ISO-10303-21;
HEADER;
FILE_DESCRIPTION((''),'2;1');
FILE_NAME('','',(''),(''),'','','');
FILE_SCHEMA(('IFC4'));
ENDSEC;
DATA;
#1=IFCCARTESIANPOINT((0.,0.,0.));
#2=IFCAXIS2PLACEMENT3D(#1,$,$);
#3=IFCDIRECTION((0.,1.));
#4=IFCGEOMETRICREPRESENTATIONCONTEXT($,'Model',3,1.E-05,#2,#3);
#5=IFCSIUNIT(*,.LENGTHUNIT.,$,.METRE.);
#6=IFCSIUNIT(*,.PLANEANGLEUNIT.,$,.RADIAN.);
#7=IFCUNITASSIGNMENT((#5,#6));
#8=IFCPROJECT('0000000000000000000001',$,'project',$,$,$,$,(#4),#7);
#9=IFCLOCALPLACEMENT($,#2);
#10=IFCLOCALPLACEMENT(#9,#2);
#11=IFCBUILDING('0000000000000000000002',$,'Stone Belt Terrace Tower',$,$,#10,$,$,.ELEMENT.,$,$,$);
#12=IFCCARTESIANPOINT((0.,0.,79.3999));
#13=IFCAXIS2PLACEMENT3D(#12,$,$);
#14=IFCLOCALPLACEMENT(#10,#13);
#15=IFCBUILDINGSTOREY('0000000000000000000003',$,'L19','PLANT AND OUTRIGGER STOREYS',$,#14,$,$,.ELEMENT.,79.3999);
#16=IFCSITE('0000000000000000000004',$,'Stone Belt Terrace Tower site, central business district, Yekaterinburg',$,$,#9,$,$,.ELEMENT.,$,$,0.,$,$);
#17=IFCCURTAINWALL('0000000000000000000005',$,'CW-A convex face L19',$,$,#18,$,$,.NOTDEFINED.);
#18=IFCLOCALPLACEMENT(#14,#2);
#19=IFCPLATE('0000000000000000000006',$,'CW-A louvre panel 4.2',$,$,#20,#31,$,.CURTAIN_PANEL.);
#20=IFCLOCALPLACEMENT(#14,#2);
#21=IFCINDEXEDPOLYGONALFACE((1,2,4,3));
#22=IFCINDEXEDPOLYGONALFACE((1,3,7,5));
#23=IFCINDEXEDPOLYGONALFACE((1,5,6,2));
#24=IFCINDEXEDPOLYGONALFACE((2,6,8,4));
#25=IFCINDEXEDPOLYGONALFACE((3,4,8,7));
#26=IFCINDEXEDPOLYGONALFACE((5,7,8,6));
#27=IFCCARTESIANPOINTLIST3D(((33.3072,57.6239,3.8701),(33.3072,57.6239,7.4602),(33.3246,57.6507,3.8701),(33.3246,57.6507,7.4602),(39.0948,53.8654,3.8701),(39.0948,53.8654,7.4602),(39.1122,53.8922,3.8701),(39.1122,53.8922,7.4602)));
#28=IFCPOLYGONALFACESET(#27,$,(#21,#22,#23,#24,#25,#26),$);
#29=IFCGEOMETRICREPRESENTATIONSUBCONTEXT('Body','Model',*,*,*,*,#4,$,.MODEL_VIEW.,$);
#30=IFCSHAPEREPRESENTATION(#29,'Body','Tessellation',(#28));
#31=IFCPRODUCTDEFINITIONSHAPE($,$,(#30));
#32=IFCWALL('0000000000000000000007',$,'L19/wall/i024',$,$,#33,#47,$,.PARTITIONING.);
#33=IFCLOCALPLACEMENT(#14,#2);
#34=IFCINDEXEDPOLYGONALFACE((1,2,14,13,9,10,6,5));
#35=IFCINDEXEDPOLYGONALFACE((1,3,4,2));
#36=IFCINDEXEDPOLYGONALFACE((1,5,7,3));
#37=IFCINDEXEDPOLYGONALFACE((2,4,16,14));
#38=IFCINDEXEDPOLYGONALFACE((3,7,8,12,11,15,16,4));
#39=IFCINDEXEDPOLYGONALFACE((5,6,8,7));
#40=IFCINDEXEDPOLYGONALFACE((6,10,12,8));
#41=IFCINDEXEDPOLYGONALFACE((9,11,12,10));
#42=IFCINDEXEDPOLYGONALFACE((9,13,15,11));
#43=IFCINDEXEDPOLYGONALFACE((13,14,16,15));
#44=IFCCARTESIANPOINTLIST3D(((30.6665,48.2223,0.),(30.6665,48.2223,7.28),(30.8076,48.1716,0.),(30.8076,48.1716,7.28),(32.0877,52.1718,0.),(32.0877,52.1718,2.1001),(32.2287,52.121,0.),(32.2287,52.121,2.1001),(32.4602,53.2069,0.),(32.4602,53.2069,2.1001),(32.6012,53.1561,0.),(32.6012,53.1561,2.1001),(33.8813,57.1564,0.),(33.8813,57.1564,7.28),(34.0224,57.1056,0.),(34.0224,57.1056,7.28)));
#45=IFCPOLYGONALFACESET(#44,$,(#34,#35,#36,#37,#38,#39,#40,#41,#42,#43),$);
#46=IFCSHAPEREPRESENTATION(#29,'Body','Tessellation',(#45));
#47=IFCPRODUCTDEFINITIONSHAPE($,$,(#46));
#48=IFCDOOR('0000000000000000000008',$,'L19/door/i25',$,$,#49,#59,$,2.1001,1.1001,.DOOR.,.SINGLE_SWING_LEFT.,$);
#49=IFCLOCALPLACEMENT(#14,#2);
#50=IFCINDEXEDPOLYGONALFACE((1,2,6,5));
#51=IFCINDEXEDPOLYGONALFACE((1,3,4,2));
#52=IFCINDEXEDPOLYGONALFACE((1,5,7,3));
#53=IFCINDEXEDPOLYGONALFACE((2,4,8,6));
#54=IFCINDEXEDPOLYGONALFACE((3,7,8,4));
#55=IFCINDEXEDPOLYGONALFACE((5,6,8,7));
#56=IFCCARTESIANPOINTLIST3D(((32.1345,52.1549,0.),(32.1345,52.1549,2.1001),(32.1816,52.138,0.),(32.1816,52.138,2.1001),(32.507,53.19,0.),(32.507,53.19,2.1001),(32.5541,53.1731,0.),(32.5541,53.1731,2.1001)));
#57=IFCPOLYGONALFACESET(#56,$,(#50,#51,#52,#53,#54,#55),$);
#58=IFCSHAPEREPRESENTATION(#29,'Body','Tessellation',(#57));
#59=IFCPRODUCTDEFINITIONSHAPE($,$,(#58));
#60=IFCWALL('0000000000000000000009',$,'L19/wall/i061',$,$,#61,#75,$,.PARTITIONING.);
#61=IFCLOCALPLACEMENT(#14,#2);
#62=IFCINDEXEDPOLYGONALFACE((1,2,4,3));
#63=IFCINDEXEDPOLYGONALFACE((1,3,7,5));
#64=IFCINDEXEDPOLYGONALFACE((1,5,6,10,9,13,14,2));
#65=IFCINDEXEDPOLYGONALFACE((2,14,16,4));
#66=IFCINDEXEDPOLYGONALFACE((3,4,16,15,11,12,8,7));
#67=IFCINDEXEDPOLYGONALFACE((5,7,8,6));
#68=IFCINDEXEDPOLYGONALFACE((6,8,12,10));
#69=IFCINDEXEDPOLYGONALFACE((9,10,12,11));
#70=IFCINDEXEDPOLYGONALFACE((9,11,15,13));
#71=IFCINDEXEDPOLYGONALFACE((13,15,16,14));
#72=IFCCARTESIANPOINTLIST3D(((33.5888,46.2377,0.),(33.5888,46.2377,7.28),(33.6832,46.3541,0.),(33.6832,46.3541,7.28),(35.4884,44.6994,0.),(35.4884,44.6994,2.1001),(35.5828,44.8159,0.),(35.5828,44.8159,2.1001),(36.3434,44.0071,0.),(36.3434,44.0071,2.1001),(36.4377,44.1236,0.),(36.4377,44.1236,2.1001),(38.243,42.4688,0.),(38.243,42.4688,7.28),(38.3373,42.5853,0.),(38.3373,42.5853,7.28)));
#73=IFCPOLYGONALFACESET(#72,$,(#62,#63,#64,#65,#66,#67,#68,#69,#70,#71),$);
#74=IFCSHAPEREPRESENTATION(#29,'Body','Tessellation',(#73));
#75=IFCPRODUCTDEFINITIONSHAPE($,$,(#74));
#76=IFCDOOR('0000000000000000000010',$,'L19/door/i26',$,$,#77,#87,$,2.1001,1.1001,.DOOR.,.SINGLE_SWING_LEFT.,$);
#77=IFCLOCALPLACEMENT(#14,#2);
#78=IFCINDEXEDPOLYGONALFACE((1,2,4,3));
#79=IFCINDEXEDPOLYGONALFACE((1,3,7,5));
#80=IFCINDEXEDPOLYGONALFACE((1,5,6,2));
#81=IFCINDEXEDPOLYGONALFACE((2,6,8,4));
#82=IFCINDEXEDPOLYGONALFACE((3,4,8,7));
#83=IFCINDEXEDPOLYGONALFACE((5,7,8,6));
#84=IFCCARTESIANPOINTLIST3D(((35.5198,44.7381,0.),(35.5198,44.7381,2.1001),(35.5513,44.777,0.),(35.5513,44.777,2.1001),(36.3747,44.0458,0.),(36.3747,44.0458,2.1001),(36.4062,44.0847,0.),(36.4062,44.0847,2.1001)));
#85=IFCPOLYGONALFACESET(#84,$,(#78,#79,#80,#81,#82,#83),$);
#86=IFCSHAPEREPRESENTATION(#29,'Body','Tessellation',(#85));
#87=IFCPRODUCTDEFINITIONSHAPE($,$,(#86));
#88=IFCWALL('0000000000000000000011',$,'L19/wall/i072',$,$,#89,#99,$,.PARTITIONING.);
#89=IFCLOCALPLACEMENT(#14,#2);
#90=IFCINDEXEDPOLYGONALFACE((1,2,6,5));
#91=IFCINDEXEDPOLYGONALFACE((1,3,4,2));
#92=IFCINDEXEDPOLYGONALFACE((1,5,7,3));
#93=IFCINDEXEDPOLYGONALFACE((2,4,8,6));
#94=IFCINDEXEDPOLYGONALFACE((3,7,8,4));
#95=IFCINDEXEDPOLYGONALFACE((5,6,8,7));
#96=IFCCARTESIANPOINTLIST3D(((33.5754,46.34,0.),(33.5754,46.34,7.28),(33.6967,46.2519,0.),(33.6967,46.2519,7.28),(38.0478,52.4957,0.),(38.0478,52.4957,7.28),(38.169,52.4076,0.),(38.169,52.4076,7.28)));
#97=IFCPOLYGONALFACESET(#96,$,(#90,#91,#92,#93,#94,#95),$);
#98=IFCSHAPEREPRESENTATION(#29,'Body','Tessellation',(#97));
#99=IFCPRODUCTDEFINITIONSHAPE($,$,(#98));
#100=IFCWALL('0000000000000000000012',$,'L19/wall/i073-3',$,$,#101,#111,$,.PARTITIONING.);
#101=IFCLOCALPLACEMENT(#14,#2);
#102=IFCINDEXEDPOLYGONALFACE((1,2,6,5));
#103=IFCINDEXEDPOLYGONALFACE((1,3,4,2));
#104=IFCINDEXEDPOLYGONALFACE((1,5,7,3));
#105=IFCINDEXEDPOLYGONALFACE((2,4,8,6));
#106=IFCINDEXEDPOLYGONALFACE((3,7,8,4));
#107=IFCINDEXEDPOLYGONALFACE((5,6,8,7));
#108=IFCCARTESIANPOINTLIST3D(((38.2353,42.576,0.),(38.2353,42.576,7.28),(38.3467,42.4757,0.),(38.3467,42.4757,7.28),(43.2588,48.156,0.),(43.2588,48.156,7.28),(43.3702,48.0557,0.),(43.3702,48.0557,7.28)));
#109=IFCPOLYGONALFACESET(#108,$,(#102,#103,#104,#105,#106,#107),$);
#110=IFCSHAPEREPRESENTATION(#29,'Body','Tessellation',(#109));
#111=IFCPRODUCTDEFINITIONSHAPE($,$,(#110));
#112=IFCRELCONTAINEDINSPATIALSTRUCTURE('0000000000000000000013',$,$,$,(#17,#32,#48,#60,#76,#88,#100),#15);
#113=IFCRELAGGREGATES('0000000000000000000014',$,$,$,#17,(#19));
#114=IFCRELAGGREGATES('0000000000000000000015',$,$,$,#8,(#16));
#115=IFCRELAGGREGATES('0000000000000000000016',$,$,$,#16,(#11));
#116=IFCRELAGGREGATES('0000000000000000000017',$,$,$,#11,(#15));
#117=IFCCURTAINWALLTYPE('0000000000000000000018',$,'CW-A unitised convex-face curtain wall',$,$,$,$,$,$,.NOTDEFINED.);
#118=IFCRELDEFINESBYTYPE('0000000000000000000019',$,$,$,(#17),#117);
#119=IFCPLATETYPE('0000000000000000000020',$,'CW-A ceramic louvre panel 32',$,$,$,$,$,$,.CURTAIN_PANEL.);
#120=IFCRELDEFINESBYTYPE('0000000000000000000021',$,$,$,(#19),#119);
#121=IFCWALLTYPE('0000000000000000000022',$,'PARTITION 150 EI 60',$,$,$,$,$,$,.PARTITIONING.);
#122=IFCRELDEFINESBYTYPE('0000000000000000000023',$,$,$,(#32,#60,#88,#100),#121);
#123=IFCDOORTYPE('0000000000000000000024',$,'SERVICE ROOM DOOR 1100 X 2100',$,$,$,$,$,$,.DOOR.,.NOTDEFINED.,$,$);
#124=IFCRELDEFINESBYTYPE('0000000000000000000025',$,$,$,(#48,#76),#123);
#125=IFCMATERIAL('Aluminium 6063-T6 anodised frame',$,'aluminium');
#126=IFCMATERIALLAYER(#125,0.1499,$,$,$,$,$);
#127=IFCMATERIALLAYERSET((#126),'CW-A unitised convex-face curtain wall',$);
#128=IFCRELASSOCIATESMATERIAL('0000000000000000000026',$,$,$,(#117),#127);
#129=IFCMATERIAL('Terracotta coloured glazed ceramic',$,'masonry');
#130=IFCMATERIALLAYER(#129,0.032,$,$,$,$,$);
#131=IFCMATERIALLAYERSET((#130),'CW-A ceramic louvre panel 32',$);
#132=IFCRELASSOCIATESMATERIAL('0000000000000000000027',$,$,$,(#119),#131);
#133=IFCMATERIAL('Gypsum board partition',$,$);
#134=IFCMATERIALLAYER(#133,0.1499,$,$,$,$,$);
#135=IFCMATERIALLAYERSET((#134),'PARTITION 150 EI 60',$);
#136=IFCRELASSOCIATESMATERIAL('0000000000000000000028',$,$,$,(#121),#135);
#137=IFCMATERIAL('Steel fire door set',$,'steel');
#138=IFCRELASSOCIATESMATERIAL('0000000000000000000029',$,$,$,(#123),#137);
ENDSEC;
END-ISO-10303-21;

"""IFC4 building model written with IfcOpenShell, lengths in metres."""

from ifc_helpers import new_model, si_unit, direction, frame, frame_2d, origin, origin_2d, place, context, subcontext, project, spatial, rectangle, extrude, material, layer, layer_set, type_object, element, fill, aggregate, save


model = new_model("IFC4")

# Units and contexts
model_context = context("Model", 3, precision=1e-05, world=origin(), true_north=direction((0.0, 1.0)))
body_context = subcontext(model_context, "Body", "Model", "MODEL_VIEW")
ifc_project = project(units=[si_unit("LENGTHUNIT", "METRE"), si_unit("PLANEANGLEUNIT", "RADIAN")], contexts=[model_context])

# Site, building, storey
site_placement = place(None, origin())
site = spatial("IfcSite", under=ifc_project, at=site_placement, Name="Stone Belt Terrace Tower site, central business district, Yekaterinburg", CompositionType="ELEMENT", RefElevation=0.0)
building_placement = place(site_placement, origin())
building = spatial("IfcBuilding", under=site, at=building_placement, Name="Stone Belt Terrace Tower", CompositionType="ELEMENT")
storey_placement = place(building_placement, frame((0.0, 0.0, 79.3999)))
storey = spatial("IfcBuildingStorey", under=building, at=storey_placement, Name="L19", Description="PLANT AND OUTRIGGER STOREYS", CompositionType="ELEMENT", Elevation=79.3999)

# Curtain wall
ifc_material_1 = material(Name="Aluminium 6063-T6 anodised frame", Category="aluminium")
ifc_layer_1 = layer(ifc_material_1, 0.1499)
ifc_layer_set_1 = layer_set([ifc_layer_1], Name="CW-A unitised convex-face curtain wall")
curtain_wall_type = type_object("IfcCurtainWallType", Name="CW-A unitised convex-face curtain wall", PredefinedType="NOTDEFINED", material=ifc_layer_set_1)
curtain_wall_placement = place(storey_placement, origin())
curtain_wall = element("IfcCurtainWall", 1, at=curtain_wall_placement, inside=storey, type_object=curtain_wall_type, Name="CW-A convex face L19", PredefinedType="NOTDEFINED")

# Plate
ifc_material_2 = material(Name="Terracotta coloured glazed ceramic", Category="masonry")
ifc_layer_2 = layer(ifc_material_2, 0.032)
ifc_layer_set_2 = layer_set([ifc_layer_2], Name="CW-A ceramic louvre panel 32")
plate_type = type_object("IfcPlateType", Name="CW-A ceramic louvre panel 32", PredefinedType="CURTAIN_PANEL", material=ifc_layer_set_2)
plate_1_placement = place(storey_placement, frame((36.2097, 55.7581, 3.8701), z_axis=(0.0, 0.0, 1.0), x_axis=(-0.838671, 0.544639, 0.0)))
plate_1 = element("IfcPlate", 2, at=plate_1_placement, type_object=plate_type, Name="CW-A louvre panel 4.2", PredefinedType="CURTAIN_PANEL", context=body_context, shape_type="SweptSolid", body=[
    extrude(rectangle(XDim=6.9009, YDim=0.032, at=origin_2d()), origin(), (0.0, 0.0, 1.0), 3.5901),
])
aggregate(curtain_wall, [plate_1])

# Walls, openings, doors
ifc_material_3 = material(Name="Gypsum board partition")
ifc_layer_3 = layer(ifc_material_3, 0.1499)
ifc_layer_set_3 = layer_set([ifc_layer_3], Name="PARTITION 150 EI 60")
wall_type = type_object("IfcWallType", Name="PARTITION 150 EI 60", PredefinedType="PARTITIONING", material=ifc_layer_set_3)
wall_1_placement = place(storey_placement, frame((33.9519, 57.1311, 0.0), z_axis=(0.0, 0.0, 1.0), x_axis=(-0.338587, -0.940935, 0.0)))
wall_1 = element("IfcWall", 3, at=wall_1_placement, inside=storey, type_object=wall_type, Name="L19/wall/i024", PredefinedType="PARTITIONING", context=body_context, shape_type="SweptSolid", body=[
    extrude(rectangle(XDim=9.4949, YDim=0.1499, at=frame_2d((4.7476, 0.0))), origin(), (0.0, 0.0, 1.0), 7.28),
])
opening_1_placement = place(wall_1_placement, frame((4.1975, 0.0, 0.0)))
opening_1 = element("IfcOpeningElement", 4, at=opening_1_placement, cuts=wall_1, PredefinedType="OPENING", context=body_context, shape_type="SweptSolid", body=[
    extrude(rectangle(XDim=1.1001, YDim=2.1001, at=frame_2d((0.55, 1.05))), frame((0.0, 0.085, 0.0), z_axis=(0.0, -1.0, 0.0), x_axis=(1.0, 0.0, 0.0)), (0.0, 0.0, 1.0), 0.1699),
])
ifc_material_4 = material(Name="Steel fire door set", Category="steel")
door_type = type_object("IfcDoorType", Name="SERVICE ROOM DOOR 1100 X 2100", OperationType="NOTDEFINED", PredefinedType="DOOR", material=ifc_material_4)
door_1_placement = place(opening_1_placement, origin())
door_1 = element("IfcDoor", 5, at=door_1_placement, inside=storey, type_object=door_type, Name="L19/door/i25", OperationType="SINGLE_SWING_LEFT", OverallHeight=2.1001, OverallWidth=1.1001, PredefinedType="DOOR", context=body_context, shape_type="SweptSolid", body=[
    extrude(rectangle(XDim=1.1001, YDim=2.1001, at=frame_2d((0.55, 1.05))), frame((0.0, 0.0249, 0.0), z_axis=(0.0, -1.0, 0.0), x_axis=(1.0, 0.0, 0.0)), (0.0, 0.0, 1.0), 0.05),
])
fill(opening_1, door_1)
wall_2_placement = place(storey_placement, frame((33.636, 46.2959, 0.0), z_axis=(0.0, 0.0, 1.0), x_axis=(0.777144, -0.629323, 0.0)))
wall_2 = element("IfcWall", 6, at=wall_2_placement, inside=storey, type_object=wall_type, Name="L19/wall/i061", PredefinedType="PARTITIONING", context=body_context, shape_type="SweptSolid", body=[
    extrude(rectangle(XDim=5.9888, YDim=0.1499, at=frame_2d((2.9944, 0.0))), origin(), (0.0, 0.0, 1.0), 7.28),
])
opening_2_placement = place(wall_2_placement, frame((2.4443, 0.0, 0.0)))
opening_2 = element("IfcOpeningElement", 7, at=opening_2_placement, cuts=wall_2, PredefinedType="OPENING", context=body_context, shape_type="SweptSolid", body=[
    extrude(rectangle(XDim=1.1001, YDim=2.1001, at=frame_2d((0.55, 1.05))), frame((0.0, 0.085, 0.0), z_axis=(0.0, -1.0, 0.0), x_axis=(1.0, 0.0, 0.0)), (0.0, 0.0, 1.0), 0.1699),
])
door_2_placement = place(opening_2_placement, origin())
door_2 = element("IfcDoor", 8, at=door_2_placement, inside=storey, type_object=door_type, Name="L19/door/i26", OperationType="SINGLE_SWING_LEFT", OverallHeight=2.1001, OverallWidth=1.1001, PredefinedType="DOOR", context=body_context, shape_type="SweptSolid", body=[
    extrude(rectangle(XDim=1.1001, YDim=2.1001, at=frame_2d((0.55, 1.05))), frame((0.0, 0.0249, 0.0), z_axis=(0.0, -1.0, 0.0), x_axis=(1.0, 0.0, 0.0)), (0.0, 0.0, 1.0), 0.05),
])
fill(opening_2, door_2)

# Walls
wall_3_placement = place(storey_placement, frame((38.1084, 52.4517, 0.0), z_axis=(0.0, 0.0, 1.0), x_axis=(-0.587784, -0.809018, 0.0)))
element("IfcWall", 9, at=wall_3_placement, inside=storey, type_object=wall_type, Name="L19/wall/i072", PredefinedType="PARTITIONING", context=body_context, shape_type="SweptSolid", body=[
    extrude(rectangle(XDim=7.6089, YDim=0.1499, at=frame_2d((3.8044, 0.0))), origin(), (0.0, 0.0, 1.0), 7.28),
])
wall_4_placement = place(storey_placement, frame((43.3145, 48.1057, 0.0), z_axis=(0.0, 0.0, 1.0), x_axis=(-0.669081, -0.743189, 0.0)))
element("IfcWall", 10, at=wall_4_placement, inside=storey, type_object=wall_type, Name="L19/wall/i073-3", PredefinedType="PARTITIONING", context=body_context, shape_type="SweptSolid", body=[
    extrude(rectangle(XDim=7.5081, YDim=0.1499, at=frame_2d((3.7539, 0.0))), origin(), (0.0, 0.0, 1.0), 7.28),
])

save(model, "model.ifc")
